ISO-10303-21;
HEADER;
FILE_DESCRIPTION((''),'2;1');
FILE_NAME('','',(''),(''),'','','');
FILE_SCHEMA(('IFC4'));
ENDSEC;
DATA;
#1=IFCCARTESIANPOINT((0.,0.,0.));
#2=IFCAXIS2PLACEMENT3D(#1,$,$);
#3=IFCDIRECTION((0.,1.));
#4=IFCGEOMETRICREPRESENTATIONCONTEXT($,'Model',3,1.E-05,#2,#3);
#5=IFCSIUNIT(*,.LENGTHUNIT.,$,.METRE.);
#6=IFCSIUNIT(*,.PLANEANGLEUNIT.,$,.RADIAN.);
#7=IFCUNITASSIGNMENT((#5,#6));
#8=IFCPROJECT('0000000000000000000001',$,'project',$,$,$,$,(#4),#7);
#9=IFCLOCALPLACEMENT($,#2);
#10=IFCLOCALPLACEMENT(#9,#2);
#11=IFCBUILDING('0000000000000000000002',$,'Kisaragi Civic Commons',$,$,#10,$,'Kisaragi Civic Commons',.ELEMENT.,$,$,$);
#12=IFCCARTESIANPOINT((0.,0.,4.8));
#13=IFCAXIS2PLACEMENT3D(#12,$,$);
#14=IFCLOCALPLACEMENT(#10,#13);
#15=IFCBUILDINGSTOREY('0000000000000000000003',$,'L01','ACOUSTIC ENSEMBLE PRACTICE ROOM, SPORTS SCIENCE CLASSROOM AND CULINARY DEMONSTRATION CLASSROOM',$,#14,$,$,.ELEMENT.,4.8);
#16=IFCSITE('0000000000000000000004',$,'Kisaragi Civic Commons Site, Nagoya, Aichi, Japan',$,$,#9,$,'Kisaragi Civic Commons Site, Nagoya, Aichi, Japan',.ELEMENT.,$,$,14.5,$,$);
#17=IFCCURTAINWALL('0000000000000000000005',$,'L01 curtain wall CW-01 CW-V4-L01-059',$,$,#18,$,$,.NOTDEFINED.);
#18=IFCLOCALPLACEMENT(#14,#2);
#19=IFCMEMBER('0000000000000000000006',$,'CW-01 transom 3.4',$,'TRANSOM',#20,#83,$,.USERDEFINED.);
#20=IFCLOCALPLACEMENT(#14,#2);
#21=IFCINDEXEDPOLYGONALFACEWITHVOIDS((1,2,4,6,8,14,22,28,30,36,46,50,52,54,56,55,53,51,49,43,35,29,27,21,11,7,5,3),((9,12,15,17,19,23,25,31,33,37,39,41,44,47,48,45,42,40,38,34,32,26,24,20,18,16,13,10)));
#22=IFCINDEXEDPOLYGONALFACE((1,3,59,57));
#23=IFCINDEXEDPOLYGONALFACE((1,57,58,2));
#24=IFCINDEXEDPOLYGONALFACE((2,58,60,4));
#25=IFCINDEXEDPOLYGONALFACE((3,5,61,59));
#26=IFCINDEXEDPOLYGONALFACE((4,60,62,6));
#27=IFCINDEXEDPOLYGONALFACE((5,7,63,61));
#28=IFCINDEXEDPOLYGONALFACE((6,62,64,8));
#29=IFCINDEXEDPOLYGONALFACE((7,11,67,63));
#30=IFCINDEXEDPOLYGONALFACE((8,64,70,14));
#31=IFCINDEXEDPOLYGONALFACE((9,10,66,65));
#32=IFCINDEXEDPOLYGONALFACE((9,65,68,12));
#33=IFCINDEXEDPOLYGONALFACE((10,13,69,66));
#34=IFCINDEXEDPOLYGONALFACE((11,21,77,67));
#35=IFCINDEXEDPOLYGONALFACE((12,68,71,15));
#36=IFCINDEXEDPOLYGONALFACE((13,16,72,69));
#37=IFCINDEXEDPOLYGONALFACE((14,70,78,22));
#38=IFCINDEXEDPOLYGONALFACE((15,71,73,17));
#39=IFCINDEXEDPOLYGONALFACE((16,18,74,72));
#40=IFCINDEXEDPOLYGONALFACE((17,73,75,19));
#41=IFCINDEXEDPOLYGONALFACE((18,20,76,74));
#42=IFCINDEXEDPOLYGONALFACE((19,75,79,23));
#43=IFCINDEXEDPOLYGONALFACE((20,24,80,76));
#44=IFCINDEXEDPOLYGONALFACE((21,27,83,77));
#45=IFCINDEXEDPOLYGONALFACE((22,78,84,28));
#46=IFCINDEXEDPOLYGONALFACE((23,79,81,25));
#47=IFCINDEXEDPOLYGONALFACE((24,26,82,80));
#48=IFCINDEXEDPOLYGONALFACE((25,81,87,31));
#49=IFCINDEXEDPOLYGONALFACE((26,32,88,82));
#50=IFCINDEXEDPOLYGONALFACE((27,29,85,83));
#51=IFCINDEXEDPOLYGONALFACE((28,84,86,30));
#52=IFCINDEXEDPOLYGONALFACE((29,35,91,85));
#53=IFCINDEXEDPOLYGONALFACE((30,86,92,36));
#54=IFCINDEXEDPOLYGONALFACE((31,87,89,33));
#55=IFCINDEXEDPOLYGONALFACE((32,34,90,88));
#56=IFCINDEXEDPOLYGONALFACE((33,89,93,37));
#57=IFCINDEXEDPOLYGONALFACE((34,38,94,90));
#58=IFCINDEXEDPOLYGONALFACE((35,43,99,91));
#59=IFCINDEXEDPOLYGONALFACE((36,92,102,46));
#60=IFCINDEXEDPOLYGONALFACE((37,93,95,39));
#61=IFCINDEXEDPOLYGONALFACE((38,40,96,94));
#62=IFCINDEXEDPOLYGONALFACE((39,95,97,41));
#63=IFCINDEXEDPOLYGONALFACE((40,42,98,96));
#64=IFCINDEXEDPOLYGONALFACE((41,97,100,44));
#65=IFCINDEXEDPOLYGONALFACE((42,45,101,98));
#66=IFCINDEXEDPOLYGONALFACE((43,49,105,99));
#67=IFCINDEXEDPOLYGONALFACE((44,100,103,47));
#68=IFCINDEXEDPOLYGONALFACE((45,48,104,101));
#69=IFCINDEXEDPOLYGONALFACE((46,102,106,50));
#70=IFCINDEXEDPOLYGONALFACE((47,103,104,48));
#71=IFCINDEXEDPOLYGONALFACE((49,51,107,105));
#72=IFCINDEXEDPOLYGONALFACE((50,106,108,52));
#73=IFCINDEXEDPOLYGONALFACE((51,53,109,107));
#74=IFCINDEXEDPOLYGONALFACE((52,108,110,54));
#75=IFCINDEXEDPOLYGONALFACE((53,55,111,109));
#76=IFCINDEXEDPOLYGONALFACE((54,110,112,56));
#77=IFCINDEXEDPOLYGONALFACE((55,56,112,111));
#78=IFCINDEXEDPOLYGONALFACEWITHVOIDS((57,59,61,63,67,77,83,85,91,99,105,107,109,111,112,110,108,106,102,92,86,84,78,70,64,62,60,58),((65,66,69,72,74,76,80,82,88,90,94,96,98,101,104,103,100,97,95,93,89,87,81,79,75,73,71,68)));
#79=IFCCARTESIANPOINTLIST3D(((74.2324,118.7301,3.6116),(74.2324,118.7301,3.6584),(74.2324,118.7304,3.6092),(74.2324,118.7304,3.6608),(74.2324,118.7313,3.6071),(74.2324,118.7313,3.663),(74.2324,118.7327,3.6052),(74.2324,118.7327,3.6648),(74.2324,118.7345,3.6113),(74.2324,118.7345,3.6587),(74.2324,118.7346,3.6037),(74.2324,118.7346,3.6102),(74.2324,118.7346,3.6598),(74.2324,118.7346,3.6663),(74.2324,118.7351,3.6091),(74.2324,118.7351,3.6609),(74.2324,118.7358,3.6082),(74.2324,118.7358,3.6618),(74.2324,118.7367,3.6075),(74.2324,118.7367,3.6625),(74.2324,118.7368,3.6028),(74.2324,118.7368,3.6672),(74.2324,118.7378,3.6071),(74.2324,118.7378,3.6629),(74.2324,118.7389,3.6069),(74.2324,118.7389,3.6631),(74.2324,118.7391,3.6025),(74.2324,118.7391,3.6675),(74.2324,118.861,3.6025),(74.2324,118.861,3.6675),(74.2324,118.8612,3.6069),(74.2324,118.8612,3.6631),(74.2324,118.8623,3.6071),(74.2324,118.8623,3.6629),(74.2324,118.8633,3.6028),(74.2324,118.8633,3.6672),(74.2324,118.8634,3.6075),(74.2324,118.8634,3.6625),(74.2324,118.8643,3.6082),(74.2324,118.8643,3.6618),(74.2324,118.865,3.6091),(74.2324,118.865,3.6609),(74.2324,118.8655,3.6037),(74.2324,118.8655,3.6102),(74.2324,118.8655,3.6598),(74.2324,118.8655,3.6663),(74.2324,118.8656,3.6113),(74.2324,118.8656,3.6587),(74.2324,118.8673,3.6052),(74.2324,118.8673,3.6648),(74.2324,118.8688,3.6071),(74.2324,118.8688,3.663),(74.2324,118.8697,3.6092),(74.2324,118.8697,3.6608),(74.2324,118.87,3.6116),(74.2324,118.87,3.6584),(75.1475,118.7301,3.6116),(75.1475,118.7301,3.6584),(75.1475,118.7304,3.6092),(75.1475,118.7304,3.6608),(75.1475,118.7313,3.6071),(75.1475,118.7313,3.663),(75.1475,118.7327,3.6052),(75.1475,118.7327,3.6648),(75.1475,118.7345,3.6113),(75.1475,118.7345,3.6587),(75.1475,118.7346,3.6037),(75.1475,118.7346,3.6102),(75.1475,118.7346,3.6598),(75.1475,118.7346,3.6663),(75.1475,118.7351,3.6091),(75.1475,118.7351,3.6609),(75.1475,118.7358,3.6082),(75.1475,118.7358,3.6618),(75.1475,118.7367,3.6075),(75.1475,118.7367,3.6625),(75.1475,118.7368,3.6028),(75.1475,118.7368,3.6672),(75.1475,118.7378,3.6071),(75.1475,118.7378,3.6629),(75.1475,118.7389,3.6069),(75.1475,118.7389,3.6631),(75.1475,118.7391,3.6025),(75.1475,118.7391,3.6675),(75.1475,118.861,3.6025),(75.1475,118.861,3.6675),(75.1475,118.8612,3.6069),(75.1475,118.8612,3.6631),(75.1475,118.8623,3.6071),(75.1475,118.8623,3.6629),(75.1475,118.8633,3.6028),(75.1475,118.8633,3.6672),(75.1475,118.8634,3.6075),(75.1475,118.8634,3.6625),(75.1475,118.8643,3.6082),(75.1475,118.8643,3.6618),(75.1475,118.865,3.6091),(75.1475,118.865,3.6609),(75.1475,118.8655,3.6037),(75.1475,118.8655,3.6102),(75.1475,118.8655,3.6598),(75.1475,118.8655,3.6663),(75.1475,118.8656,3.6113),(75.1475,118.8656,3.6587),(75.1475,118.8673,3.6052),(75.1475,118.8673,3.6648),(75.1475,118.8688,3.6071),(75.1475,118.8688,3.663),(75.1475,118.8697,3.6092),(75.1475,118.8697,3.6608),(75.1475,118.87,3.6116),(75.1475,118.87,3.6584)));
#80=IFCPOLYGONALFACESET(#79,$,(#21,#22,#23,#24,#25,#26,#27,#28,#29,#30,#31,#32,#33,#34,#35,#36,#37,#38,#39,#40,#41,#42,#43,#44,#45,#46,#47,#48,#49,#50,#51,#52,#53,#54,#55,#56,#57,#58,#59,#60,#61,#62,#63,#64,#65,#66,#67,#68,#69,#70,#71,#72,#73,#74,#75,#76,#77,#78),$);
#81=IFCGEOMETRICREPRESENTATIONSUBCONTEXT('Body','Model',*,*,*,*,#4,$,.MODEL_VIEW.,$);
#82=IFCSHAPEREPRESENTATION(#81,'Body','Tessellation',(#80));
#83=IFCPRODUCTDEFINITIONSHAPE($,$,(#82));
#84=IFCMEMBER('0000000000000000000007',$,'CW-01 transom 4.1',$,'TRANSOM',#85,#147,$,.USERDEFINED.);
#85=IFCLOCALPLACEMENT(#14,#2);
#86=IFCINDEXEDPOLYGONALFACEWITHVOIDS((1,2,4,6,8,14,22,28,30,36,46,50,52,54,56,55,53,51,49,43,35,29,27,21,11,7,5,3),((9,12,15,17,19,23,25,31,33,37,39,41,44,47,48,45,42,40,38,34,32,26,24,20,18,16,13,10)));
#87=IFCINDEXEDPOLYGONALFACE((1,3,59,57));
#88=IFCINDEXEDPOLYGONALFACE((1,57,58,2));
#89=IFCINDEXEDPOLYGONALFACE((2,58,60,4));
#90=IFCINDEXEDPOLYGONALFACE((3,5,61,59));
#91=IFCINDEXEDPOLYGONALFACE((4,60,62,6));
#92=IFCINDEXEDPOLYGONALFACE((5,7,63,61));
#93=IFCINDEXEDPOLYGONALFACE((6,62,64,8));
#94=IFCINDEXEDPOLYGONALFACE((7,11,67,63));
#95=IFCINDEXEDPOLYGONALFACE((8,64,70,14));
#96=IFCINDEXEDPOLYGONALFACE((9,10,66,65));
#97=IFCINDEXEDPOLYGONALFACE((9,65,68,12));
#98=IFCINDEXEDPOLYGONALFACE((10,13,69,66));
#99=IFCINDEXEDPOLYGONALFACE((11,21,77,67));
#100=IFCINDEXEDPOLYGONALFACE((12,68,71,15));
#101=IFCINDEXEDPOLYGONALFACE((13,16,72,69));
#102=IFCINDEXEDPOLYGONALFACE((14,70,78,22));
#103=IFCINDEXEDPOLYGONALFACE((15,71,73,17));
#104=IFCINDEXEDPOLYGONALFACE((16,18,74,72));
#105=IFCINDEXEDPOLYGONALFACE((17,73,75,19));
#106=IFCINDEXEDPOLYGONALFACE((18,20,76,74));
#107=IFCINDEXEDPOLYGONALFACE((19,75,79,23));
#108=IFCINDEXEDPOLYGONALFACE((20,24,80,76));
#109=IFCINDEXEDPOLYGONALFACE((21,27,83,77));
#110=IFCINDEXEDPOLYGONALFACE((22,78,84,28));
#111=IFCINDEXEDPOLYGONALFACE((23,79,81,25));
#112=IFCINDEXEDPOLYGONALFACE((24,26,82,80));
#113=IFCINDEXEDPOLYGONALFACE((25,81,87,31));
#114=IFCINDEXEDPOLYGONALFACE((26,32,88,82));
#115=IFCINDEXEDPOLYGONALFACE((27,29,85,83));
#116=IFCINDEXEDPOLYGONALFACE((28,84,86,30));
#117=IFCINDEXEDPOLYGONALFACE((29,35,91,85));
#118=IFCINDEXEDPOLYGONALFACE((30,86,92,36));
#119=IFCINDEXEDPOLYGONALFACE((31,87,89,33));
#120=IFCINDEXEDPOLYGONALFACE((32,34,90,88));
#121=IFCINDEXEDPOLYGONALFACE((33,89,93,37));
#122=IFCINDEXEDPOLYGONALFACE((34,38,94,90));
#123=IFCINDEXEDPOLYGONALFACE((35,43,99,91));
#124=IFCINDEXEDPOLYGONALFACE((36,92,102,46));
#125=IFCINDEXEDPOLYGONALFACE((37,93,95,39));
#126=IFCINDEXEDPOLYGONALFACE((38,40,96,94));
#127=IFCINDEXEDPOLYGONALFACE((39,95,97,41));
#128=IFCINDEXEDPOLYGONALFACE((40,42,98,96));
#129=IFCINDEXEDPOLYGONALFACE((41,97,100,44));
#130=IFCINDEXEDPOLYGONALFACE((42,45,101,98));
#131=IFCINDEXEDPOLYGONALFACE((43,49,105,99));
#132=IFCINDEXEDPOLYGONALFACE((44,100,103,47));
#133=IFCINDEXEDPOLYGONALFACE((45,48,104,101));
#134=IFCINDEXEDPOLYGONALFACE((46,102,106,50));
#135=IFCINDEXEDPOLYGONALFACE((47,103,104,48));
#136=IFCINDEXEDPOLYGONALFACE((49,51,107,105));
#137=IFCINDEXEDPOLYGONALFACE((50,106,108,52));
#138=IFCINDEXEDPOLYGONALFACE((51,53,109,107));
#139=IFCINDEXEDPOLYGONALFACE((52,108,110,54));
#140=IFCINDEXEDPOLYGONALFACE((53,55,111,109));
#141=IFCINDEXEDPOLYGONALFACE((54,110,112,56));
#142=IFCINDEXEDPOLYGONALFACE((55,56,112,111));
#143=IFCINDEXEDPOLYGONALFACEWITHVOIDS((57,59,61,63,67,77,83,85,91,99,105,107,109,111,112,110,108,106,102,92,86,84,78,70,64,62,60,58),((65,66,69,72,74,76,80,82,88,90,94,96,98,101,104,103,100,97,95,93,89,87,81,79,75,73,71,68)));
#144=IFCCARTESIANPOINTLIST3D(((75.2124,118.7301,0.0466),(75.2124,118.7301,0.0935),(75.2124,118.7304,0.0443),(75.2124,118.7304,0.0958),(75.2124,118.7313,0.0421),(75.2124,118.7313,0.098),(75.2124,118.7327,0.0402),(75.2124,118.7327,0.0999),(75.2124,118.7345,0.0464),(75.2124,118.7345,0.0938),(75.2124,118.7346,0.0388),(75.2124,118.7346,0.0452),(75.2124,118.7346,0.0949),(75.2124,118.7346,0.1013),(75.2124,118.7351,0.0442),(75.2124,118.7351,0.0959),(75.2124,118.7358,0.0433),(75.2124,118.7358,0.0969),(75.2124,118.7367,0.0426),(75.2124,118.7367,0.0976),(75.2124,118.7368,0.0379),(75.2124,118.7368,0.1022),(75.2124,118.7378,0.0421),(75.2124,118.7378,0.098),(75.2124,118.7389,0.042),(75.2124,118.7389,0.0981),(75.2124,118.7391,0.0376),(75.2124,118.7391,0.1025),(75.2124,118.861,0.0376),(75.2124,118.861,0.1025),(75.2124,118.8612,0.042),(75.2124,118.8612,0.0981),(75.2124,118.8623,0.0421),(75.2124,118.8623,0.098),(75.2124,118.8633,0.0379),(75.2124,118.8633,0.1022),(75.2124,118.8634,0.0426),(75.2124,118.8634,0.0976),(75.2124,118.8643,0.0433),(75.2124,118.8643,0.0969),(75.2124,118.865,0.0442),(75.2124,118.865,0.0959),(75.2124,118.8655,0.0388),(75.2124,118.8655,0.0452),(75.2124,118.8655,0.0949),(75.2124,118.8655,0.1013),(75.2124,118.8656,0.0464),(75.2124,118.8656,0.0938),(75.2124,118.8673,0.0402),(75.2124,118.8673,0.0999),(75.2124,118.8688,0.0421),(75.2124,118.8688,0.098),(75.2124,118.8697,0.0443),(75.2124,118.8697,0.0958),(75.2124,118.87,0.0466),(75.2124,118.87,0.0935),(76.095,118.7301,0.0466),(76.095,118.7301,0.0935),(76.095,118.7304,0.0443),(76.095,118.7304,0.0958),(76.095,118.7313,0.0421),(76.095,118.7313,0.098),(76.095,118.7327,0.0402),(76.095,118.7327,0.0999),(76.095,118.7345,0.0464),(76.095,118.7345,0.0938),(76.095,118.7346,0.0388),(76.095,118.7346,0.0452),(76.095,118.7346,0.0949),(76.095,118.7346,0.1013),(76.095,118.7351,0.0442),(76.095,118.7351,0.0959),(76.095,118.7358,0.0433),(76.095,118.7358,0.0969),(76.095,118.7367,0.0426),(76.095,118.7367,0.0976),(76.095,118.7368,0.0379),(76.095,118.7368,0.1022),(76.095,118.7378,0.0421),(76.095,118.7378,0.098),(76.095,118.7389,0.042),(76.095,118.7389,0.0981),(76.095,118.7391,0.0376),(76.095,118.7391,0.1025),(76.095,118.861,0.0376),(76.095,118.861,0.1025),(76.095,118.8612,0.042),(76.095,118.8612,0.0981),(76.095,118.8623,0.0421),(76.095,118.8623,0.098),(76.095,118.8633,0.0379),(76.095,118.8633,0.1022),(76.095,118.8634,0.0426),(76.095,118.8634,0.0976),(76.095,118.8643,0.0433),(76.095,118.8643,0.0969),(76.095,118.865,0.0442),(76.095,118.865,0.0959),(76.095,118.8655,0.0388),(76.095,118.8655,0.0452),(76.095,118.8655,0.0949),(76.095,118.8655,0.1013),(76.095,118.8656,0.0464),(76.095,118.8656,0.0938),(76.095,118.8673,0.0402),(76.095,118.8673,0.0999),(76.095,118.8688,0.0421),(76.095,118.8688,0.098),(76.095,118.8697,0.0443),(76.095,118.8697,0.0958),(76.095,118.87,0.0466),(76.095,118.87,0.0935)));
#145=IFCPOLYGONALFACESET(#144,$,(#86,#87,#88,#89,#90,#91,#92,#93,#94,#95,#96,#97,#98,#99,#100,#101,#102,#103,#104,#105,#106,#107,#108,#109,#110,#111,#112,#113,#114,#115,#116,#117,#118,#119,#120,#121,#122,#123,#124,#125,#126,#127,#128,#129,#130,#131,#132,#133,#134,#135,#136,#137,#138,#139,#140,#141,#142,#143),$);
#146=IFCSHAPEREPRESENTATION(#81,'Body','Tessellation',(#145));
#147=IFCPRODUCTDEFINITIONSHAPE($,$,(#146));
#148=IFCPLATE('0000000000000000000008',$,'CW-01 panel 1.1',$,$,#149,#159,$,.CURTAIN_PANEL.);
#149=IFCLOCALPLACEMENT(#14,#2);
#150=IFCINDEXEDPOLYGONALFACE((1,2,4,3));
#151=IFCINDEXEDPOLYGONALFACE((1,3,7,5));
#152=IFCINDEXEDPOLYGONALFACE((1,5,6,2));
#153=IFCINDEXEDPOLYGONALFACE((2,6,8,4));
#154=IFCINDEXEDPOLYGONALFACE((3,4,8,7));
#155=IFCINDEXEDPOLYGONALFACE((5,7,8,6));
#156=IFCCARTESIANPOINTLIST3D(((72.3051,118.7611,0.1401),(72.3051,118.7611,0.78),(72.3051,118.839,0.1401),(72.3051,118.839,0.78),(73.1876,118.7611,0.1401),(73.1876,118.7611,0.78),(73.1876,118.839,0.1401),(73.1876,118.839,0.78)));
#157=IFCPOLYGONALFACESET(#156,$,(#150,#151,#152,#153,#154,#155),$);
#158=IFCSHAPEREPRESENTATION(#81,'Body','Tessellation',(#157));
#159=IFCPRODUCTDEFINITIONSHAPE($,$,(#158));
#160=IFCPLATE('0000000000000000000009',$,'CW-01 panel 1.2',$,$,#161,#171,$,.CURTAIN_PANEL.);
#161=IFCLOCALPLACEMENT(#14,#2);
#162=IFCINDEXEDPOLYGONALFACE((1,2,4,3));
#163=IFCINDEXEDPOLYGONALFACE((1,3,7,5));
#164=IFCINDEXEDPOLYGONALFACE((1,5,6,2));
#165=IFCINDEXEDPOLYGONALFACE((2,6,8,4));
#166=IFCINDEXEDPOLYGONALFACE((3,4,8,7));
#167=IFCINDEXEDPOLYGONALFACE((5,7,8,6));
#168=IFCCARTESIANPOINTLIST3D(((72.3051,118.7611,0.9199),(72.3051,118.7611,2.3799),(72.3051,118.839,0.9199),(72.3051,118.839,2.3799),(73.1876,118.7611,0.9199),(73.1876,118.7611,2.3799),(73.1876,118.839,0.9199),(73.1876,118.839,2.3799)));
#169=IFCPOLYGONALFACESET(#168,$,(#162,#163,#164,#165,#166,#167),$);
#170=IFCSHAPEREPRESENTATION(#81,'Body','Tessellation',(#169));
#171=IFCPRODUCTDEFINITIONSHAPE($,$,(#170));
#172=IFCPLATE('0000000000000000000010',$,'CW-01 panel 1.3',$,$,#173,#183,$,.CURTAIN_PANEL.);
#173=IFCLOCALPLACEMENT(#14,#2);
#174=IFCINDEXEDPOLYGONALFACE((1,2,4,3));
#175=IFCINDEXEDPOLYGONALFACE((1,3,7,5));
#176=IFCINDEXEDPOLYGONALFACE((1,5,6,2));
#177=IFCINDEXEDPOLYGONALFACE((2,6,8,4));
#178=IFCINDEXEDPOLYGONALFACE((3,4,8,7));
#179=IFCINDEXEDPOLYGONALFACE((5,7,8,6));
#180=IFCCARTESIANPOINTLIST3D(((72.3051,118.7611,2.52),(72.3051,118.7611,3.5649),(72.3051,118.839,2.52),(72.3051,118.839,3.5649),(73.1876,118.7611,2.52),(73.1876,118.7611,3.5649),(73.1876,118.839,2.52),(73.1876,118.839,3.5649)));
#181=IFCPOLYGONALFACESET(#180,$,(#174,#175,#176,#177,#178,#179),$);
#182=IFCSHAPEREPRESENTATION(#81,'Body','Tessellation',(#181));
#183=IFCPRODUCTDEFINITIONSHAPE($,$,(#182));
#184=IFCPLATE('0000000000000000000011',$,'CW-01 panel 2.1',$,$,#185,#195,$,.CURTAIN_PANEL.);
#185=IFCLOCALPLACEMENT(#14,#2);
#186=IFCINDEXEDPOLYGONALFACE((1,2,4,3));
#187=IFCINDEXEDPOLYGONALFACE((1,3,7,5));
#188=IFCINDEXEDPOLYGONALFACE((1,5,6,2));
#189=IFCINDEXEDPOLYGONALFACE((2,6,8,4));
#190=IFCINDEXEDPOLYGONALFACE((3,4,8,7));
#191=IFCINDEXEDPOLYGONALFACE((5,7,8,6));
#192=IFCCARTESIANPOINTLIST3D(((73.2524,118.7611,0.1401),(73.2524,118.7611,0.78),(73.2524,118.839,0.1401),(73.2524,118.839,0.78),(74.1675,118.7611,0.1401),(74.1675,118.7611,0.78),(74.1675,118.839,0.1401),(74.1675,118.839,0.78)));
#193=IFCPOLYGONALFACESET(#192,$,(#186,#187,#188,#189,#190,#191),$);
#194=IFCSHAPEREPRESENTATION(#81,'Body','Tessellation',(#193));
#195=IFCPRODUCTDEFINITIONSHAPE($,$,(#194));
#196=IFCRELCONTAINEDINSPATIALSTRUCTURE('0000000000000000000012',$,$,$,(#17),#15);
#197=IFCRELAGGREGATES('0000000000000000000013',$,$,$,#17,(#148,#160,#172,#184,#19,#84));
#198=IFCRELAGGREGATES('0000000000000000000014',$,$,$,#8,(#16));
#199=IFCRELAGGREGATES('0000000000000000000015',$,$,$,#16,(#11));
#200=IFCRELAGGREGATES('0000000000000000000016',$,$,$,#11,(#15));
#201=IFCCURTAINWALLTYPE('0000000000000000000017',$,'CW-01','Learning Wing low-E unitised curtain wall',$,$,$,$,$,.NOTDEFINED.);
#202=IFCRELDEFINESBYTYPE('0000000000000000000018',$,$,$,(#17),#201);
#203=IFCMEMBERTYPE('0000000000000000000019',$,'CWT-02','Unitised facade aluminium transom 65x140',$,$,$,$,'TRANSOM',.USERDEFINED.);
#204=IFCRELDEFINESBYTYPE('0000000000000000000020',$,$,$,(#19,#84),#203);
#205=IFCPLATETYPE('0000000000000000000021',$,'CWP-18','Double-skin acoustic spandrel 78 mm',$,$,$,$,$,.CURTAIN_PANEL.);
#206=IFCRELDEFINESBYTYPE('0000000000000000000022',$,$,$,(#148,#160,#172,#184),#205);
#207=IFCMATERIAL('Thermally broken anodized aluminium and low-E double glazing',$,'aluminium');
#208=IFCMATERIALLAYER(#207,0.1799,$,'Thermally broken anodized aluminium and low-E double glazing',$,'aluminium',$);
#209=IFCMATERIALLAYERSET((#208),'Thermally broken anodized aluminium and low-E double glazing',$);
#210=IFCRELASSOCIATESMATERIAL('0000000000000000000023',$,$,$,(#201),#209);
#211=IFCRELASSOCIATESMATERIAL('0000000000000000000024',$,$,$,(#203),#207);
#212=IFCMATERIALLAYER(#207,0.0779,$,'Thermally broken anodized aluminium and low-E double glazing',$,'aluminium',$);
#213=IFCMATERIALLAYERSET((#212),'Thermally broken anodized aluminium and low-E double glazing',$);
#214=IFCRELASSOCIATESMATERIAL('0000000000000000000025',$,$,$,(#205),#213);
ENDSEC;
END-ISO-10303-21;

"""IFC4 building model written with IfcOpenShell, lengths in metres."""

from ifc_helpers import new_model, si_unit, direction, frame, origin, origin_2d, place, context, subcontext, project, spatial, rectangle, hollow_rectangle, extrude, material, layer, layer_set, material_profile, profile_set, type_object, element, aggregate, save


model = new_model("IFC4")

# Units and contexts
model_context = context("Model", 3, precision=1e-05, world=origin(), true_north=direction((0.0, 1.0)))
body_context = subcontext(model_context, "Body", "Model", "MODEL_VIEW")
ifc_project = project(units=[si_unit("LENGTHUNIT", "METRE"), si_unit("PLANEANGLEUNIT", "RADIAN")], contexts=[model_context])

# Site, building, storey
site_placement = place(None, origin())
site = spatial("IfcSite", under=ifc_project, at=site_placement, Name="Kisaragi Civic Commons Site, Nagoya, Aichi, Japan", LongName="Kisaragi Civic Commons Site, Nagoya, Aichi, Japan", CompositionType="ELEMENT", RefElevation=14.5)
building_placement = place(site_placement, origin())
building = spatial("IfcBuilding", under=site, at=building_placement, Name="Kisaragi Civic Commons", LongName="Kisaragi Civic Commons", CompositionType="ELEMENT")
storey_placement = place(building_placement, frame((0.0, 0.0, 4.8)))
storey = spatial("IfcBuildingStorey", under=building, at=storey_placement, Name="L01", Description="ACOUSTIC ENSEMBLE PRACTICE ROOM, SPORTS SCIENCE CLASSROOM AND CULINARY DEMONSTRATION CLASSROOM", CompositionType="ELEMENT", Elevation=4.8)

# Curtain wall, members, plates
ifc_material = material(Name="Thermally broken anodized aluminium and low-E double glazing", Category="aluminium")
ifc_layer_1 = layer(ifc_material, 0.1799, Name="Thermally broken anodized aluminium and low-E double glazing", Category="aluminium")
ifc_layer_set_1 = layer_set([ifc_layer_1], Name="Thermally broken anodized aluminium and low-E double glazing")
curtain_wall_type = type_object("IfcCurtainWallType", Name="CW-01", Description="Learning Wing low-E unitised curtain wall", PredefinedType="NOTDEFINED", material=ifc_layer_set_1)
curtain_wall_placement = place(storey_placement, origin())
curtain_wall = element("IfcCurtainWall", 1, at=curtain_wall_placement, inside=storey, type_object=curtain_wall_type, Name="L01 curtain wall CW-01 CW-V4-L01-059", PredefinedType="NOTDEFINED")
ifc_material_profile_1 = material_profile(ifc_material, hollow_rectangle(XDim=0.1399, YDim=0.0649, WallThickness=0.0044, InnerFilletRadius=0.0044, OuterFilletRadius=0.009, at=origin_2d()), Name="CWT-65x140x4.5", Category="aluminium")
ifc_profile_set_1 = profile_set([ifc_material_profile_1], Name="Thermally broken anodized aluminium and low-E double glazing")
member_type_1 = type_object("IfcMemberType", Name="CWT-02", Description="Unitised facade aluminium transom 65x140", ElementType="TRANSOM", PredefinedType="USERDEFINED", material=ifc_profile_set_1)
member_1_placement = place(storey_placement, frame((74.2324, 118.8, 3.635), z_axis=(1.0, 0.0, 0.0), x_axis=(0.0, 1.0, 0.0)))
member_1 = element("IfcMember", 2, at=member_1_placement, type_object=member_type_1, Name="CW-01 transom 3.4", ObjectType="TRANSOM", PredefinedType="USERDEFINED", context=body_context, shape_type="SweptSolid", body=[
    extrude(hollow_rectangle(XDim=0.1399, YDim=0.0649, WallThickness=0.0044, InnerFilletRadius=0.0044, OuterFilletRadius=0.009, at=origin_2d()), origin(), (0.0, 0.0, 1.0), 0.915),
])
member_2_placement = place(storey_placement, frame((75.2124, 118.8, 0.0701), z_axis=(1.0, 0.0, 0.0), x_axis=(0.0, 1.0, 0.0)))
member_2 = element("IfcMember", 3, at=member_2_placement, type_object=member_type_1, Name="CW-01 transom 4.1", ObjectType="TRANSOM", PredefinedType="USERDEFINED", context=body_context, shape_type="SweptSolid", body=[
    extrude(hollow_rectangle(XDim=0.1399, YDim=0.0649, WallThickness=0.0044, InnerFilletRadius=0.0044, OuterFilletRadius=0.009, at=origin_2d()), origin(), (0.0, 0.0, 1.0), 0.8826),
])
ifc_layer_2 = layer(ifc_material, 0.0779, Name="Thermally broken anodized aluminium and low-E double glazing", Category="aluminium")
ifc_layer_set_2 = layer_set([ifc_layer_2], Name="Thermally broken anodized aluminium and low-E double glazing")
plate_type = type_object("IfcPlateType", Name="CWP-18", Description="Double-skin acoustic spandrel 78 mm", PredefinedType="CURTAIN_PANEL", material=ifc_layer_set_2)
plate_1_placement = place(storey_placement, frame((72.7463, 118.8, 0.1401), z_axis=(0.0, 0.0, 1.0), x_axis=(1.0, 0.0, 0.0)))
plate_1 = element("IfcPlate", 4, at=plate_1_placement, type_object=plate_type, Name="CW-01 panel 1.1", PredefinedType="CURTAIN_PANEL", context=body_context, shape_type="SweptSolid", body=[
    extrude(rectangle(XDim=0.8826, YDim=0.0779, at=origin_2d()), origin(), (0.0, 0.0, 1.0), 0.6399),
])
plate_2_placement = place(storey_placement, frame((72.7463, 118.8, 0.9199), z_axis=(0.0, 0.0, 1.0), x_axis=(1.0, 0.0, 0.0)))
plate_2 = element("IfcPlate", 5, at=plate_2_placement, type_object=plate_type, Name="CW-01 panel 1.2", PredefinedType="CURTAIN_PANEL", context=body_context, shape_type="SweptSolid", body=[
    extrude(rectangle(XDim=0.8826, YDim=0.0779, at=origin_2d()), origin(), (0.0, 0.0, 1.0), 1.46),
])
plate_3_placement = place(storey_placement, frame((72.7463, 118.8, 2.52), z_axis=(0.0, 0.0, 1.0), x_axis=(1.0, 0.0, 0.0)))
plate_3 = element("IfcPlate", 6, at=plate_3_placement, type_object=plate_type, Name="CW-01 panel 1.3", PredefinedType="CURTAIN_PANEL", context=body_context, shape_type="SweptSolid", body=[
    extrude(rectangle(XDim=0.8826, YDim=0.0779, at=origin_2d()), origin(), (0.0, 0.0, 1.0), 1.0449),
])
plate_4_placement = place(storey_placement, frame((73.71, 118.8, 0.1401), z_axis=(0.0, 0.0, 1.0), x_axis=(1.0, 0.0, 0.0)))
plate_4 = element("IfcPlate", 7, at=plate_4_placement, type_object=plate_type, Name="CW-01 panel 2.1", PredefinedType="CURTAIN_PANEL", context=body_context, shape_type="SweptSolid", body=[
    extrude(rectangle(XDim=0.915, YDim=0.0779, at=origin_2d()), origin(), (0.0, 0.0, 1.0), 0.6399),
])
aggregate(curtain_wall, [plate_1, plate_2, plate_3, plate_4, member_1, member_2])

save(model, "model.ifc")
